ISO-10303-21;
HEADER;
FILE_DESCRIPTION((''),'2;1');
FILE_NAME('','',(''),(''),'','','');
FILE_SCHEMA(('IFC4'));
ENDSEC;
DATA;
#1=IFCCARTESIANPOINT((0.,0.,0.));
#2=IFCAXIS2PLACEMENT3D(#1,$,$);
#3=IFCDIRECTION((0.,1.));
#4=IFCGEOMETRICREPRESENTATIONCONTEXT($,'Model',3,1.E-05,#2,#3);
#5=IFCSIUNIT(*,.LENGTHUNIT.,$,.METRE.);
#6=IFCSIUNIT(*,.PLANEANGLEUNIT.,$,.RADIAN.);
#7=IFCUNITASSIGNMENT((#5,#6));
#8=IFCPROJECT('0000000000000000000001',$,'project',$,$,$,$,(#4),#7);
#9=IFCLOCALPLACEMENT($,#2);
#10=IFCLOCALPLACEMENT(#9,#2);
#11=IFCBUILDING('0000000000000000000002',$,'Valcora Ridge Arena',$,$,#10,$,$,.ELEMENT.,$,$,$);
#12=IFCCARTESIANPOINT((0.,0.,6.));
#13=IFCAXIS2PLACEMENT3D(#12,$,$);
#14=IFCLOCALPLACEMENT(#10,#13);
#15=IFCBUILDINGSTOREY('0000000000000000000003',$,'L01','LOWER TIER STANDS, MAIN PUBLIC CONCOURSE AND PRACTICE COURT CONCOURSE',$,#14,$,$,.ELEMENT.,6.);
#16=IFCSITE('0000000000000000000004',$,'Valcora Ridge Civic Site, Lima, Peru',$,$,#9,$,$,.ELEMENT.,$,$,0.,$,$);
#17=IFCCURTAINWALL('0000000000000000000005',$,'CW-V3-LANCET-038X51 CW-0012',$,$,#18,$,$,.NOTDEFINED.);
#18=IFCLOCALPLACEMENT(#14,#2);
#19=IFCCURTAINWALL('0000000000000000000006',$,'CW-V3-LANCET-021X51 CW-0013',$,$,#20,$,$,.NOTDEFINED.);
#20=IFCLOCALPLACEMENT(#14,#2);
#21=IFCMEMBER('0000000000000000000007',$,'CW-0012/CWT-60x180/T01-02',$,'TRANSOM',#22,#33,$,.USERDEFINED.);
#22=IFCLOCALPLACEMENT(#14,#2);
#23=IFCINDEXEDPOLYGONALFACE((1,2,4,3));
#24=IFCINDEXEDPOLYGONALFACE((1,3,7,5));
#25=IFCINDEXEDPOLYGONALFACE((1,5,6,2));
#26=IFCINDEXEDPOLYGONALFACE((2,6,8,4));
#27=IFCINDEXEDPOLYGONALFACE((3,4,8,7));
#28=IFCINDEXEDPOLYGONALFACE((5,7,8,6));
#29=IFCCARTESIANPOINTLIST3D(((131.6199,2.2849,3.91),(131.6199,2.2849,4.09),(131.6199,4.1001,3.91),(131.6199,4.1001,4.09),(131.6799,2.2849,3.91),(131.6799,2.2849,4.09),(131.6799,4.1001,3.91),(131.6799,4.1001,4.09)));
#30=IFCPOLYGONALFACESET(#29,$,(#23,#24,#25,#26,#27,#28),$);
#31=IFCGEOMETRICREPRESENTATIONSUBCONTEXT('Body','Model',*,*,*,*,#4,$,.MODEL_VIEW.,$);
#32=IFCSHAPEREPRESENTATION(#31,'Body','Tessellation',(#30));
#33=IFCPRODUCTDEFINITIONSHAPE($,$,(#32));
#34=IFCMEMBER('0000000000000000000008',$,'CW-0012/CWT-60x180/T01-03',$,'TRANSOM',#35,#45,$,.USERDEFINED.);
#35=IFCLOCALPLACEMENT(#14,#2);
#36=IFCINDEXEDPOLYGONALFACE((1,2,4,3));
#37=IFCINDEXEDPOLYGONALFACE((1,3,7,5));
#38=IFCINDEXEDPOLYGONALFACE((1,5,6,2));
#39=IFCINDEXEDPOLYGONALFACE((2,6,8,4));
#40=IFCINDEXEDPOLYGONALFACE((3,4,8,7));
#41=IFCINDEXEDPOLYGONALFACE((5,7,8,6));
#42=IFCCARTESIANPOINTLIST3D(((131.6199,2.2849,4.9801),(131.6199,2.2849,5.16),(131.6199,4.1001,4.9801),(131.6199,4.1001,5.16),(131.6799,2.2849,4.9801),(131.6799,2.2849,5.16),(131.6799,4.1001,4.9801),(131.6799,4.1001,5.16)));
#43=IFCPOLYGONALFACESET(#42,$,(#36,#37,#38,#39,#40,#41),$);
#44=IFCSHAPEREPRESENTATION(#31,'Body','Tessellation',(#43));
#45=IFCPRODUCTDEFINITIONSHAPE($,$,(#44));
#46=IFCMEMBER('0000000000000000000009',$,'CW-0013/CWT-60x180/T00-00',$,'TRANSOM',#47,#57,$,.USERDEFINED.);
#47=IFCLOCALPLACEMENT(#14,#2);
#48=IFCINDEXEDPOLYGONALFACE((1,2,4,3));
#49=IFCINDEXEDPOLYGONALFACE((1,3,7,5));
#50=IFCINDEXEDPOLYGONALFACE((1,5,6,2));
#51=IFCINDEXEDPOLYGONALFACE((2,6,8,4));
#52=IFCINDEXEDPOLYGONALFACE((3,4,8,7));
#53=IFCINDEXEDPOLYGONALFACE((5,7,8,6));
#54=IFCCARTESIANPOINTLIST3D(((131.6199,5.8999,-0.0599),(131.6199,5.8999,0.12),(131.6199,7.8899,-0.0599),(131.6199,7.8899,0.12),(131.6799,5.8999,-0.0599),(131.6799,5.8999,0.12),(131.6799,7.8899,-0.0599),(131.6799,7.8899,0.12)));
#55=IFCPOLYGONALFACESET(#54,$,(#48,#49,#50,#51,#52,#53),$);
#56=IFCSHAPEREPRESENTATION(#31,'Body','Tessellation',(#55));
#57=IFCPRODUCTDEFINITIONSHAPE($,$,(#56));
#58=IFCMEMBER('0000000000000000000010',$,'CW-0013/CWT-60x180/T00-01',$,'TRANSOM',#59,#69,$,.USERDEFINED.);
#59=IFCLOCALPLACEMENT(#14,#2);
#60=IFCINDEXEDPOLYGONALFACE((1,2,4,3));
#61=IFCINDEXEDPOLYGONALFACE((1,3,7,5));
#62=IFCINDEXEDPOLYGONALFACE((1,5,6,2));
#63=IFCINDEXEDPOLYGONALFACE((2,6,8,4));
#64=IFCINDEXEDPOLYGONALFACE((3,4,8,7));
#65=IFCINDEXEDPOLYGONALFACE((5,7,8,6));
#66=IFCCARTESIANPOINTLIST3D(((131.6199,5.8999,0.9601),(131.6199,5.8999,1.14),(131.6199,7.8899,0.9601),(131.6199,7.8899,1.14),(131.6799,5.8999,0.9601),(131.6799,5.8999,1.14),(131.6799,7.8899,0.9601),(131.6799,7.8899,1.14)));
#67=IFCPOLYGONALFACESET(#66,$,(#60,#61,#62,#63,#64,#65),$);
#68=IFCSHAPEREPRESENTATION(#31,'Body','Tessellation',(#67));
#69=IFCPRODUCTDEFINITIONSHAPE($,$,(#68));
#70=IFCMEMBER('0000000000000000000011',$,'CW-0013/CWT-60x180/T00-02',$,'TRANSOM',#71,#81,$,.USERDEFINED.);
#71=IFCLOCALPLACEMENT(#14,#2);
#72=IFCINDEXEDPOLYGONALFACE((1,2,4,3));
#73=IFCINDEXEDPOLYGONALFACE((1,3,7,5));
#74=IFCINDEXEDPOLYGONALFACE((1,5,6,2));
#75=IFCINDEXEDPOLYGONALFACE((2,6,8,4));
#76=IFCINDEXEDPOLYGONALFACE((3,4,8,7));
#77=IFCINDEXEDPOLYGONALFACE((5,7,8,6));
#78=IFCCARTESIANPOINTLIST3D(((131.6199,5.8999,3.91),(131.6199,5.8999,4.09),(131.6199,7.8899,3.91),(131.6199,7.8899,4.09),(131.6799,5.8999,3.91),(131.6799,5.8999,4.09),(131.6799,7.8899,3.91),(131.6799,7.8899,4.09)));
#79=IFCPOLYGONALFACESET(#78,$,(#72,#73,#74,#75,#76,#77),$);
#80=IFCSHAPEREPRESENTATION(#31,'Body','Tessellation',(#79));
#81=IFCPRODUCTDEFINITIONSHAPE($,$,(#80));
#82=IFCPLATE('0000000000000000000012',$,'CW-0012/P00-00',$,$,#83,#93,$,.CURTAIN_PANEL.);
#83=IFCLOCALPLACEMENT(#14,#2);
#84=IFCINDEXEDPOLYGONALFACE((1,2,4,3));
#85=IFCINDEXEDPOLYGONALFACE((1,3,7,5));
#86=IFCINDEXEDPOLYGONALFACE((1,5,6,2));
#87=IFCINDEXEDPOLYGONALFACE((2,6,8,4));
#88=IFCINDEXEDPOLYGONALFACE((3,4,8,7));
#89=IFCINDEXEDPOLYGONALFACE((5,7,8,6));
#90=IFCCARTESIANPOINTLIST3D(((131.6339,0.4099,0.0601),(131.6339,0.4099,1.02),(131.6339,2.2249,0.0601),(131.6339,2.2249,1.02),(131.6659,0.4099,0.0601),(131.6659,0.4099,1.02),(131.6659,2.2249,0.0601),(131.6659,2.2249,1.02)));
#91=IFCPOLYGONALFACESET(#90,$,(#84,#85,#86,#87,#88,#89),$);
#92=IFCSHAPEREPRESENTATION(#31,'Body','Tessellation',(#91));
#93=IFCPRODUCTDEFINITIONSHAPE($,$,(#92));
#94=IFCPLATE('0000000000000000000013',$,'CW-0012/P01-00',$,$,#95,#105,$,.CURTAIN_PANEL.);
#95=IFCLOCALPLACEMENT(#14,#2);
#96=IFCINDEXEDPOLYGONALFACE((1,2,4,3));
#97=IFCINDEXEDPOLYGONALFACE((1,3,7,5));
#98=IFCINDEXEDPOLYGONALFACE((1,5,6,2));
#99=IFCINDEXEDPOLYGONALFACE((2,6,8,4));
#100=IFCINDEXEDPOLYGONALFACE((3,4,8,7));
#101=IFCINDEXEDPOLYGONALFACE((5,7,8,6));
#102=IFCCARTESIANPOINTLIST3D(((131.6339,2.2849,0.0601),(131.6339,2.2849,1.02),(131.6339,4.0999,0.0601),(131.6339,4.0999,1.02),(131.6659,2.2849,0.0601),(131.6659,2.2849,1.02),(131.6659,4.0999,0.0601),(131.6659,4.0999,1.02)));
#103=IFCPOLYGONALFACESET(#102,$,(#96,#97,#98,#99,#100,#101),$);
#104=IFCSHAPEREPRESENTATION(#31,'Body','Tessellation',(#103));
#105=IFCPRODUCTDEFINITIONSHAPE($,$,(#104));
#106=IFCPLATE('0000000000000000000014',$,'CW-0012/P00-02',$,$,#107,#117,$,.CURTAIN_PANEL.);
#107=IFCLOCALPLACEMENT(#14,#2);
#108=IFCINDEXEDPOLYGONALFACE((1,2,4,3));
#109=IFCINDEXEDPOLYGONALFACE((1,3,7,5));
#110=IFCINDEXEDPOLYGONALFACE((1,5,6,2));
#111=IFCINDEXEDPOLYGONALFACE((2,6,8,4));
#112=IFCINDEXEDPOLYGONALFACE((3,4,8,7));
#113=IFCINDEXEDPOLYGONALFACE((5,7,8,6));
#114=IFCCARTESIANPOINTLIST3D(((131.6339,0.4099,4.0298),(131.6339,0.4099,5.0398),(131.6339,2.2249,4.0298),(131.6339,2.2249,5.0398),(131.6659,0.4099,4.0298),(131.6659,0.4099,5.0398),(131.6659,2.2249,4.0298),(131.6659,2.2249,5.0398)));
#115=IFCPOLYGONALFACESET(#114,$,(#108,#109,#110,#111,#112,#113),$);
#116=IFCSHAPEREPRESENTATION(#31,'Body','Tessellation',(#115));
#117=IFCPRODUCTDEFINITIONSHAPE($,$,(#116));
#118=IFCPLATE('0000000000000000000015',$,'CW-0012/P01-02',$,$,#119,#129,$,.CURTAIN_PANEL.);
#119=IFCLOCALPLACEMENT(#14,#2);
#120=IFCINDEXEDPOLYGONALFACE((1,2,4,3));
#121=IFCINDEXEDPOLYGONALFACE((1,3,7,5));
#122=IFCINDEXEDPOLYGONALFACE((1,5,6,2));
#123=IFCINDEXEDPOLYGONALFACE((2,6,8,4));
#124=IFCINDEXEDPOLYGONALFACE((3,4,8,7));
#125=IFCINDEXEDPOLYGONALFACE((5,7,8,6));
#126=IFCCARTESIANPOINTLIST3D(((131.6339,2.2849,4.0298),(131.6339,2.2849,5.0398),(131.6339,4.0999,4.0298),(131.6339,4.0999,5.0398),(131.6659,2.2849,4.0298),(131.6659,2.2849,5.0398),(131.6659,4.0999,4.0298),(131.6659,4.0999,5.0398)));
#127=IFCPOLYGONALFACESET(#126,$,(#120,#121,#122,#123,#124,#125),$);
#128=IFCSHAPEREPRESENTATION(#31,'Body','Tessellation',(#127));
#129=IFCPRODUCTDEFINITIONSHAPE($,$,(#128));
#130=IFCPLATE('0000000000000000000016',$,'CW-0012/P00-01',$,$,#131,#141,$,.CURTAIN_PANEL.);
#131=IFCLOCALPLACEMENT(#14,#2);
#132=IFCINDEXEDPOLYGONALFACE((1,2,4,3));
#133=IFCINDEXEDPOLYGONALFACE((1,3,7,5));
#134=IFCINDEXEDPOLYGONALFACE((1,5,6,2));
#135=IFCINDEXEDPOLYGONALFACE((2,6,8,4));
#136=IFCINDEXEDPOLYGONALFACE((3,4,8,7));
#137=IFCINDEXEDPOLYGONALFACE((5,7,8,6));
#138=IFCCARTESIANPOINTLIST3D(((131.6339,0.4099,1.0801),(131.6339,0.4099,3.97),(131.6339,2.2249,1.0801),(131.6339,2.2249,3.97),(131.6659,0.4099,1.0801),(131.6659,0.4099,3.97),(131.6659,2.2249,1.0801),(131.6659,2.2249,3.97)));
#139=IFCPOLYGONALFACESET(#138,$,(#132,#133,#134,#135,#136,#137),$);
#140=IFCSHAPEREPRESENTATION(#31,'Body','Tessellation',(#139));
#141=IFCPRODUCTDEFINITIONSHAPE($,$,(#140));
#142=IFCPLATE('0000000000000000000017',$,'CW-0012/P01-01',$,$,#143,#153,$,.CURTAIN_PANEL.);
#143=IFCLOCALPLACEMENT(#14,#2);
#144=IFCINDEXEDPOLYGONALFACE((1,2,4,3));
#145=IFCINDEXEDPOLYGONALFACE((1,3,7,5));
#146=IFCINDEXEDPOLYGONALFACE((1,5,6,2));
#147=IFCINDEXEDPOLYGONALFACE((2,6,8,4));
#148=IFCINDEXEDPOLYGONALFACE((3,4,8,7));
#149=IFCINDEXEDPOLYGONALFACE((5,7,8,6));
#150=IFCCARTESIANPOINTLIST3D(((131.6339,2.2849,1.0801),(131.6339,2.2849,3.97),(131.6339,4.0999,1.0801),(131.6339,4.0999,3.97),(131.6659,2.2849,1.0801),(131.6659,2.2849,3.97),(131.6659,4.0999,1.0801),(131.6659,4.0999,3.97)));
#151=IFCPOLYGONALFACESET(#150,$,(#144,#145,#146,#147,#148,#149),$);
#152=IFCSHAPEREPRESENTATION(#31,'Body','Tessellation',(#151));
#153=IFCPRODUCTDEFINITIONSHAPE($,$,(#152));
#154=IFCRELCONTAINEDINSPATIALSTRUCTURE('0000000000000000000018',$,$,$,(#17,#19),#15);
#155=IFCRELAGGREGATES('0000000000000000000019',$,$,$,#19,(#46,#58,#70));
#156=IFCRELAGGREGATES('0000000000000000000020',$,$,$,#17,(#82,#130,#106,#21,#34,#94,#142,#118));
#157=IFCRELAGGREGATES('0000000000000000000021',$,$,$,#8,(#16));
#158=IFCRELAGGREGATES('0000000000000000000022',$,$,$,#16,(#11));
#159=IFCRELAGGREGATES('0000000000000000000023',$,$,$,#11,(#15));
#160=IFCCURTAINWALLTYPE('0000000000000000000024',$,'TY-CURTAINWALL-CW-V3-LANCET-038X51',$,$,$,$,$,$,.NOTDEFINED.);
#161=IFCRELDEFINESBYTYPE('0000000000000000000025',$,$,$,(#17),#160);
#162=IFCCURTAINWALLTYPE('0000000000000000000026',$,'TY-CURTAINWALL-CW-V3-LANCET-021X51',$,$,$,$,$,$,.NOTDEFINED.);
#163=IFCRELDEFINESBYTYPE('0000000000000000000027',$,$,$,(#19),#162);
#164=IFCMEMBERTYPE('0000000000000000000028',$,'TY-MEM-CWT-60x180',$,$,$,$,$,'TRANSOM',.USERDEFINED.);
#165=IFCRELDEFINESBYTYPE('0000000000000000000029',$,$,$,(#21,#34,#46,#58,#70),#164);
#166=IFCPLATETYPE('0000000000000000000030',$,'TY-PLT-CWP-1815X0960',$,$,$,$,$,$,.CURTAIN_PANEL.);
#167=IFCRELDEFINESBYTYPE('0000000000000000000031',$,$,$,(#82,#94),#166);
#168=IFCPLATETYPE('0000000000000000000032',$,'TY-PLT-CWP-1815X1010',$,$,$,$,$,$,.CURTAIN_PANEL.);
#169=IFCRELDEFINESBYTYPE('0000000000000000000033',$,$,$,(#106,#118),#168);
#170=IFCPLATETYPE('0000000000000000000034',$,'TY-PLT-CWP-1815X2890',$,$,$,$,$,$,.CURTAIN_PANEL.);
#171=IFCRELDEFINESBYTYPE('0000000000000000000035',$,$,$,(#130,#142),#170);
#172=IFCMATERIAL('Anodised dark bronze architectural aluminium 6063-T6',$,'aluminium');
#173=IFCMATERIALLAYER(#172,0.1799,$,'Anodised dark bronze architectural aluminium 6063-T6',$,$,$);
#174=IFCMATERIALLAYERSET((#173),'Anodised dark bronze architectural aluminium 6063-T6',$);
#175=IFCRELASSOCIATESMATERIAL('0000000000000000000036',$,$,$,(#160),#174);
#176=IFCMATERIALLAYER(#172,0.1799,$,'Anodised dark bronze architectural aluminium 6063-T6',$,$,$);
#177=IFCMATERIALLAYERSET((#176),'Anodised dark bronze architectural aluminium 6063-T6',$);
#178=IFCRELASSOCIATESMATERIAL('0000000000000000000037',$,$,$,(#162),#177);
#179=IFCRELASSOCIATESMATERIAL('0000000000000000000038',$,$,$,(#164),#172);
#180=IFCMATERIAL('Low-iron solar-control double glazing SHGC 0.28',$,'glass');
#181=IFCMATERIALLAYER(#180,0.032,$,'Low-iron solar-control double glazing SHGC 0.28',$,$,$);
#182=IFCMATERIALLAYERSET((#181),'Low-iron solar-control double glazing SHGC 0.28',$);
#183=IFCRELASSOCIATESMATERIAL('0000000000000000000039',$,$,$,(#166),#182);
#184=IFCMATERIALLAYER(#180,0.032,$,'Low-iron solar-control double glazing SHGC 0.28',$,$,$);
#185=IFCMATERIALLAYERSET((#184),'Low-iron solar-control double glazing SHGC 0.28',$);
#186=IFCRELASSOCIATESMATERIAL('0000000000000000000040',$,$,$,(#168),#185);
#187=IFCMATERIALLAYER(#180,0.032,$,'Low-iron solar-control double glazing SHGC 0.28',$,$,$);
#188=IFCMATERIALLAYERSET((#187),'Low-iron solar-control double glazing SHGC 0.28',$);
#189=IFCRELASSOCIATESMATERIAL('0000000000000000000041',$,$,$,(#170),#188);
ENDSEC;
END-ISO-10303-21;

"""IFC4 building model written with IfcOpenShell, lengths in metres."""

from ifc_helpers import new_model, si_unit, direction, frame, origin, origin_2d, place, context, subcontext, project, spatial, rectangle, extrude, material, layer, layer_set, material_profile, profile_set, type_object, element, aggregate, save


model = new_model("IFC4")

# Units and contexts
model_context = context("Model", 3, precision=1e-05, world=origin(), true_north=direction((0.0, 1.0)))
body_context = subcontext(model_context, "Body", "Model", "MODEL_VIEW")
ifc_project = project(units=[si_unit("LENGTHUNIT", "METRE"), si_unit("PLANEANGLEUNIT", "RADIAN")], contexts=[model_context])

# Site, building, storey
site_placement = place(None, origin())
site = spatial("IfcSite", under=ifc_project, at=site_placement, Name="Valcora Ridge Civic Site, Lima, Peru", CompositionType="ELEMENT", RefElevation=0.0)
building_placement = place(site_placement, origin())
building = spatial("IfcBuilding", under=site, at=building_placement, Name="Valcora Ridge Arena", CompositionType="ELEMENT")
storey_placement = place(building_placement, frame((0.0, 0.0, 6.0)))
storey = spatial("IfcBuildingStorey", under=building, at=storey_placement, Name="L01", Description="LOWER TIER STANDS, MAIN PUBLIC CONCOURSE AND PRACTICE COURT CONCOURSE", CompositionType="ELEMENT", Elevation=6.0)

# Curtain wall
ifc_material_1 = material(Name="Anodised dark bronze architectural aluminium 6063-T6", Category="aluminium")
ifc_layer_1 = layer(ifc_material_1, 0.1799, Name="Anodised dark bronze architectural aluminium 6063-T6")
ifc_layer_set_1 = layer_set([ifc_layer_1], Name="Anodised dark bronze architectural aluminium 6063-T6")
curtain_wall_type_1 = type_object("IfcCurtainWallType", Name="TY-CURTAINWALL-CW-V3-LANCET-038X51", PredefinedType="NOTDEFINED", material=ifc_layer_set_1)
curtain_wall_1_placement = place(storey_placement, origin())
curtain_wall_1 = element("IfcCurtainWall", 1, at=curtain_wall_1_placement, inside=storey, type_object=curtain_wall_type_1, Name="CW-V3-LANCET-038X51 CW-0012", PredefinedType="NOTDEFINED")

# Curtain wall
ifc_layer_2 = layer(ifc_material_1, 0.1799, Name="Anodised dark bronze architectural aluminium 6063-T6")
ifc_layer_set_2 = layer_set([ifc_layer_2], Name="Anodised dark bronze architectural aluminium 6063-T6")
curtain_wall_type_2 = type_object("IfcCurtainWallType", Name="TY-CURTAINWALL-CW-V3-LANCET-021X51", PredefinedType="NOTDEFINED", material=ifc_layer_set_2)
curtain_wall_2_placement = place(storey_placement, origin())
curtain_wall_2 = element("IfcCurtainWall", 2, at=curtain_wall_2_placement, inside=storey, type_object=curtain_wall_type_2, Name="CW-V3-LANCET-021X51 CW-0013", PredefinedType="NOTDEFINED")

# Members
ifc_material_profile_1 = material_profile(ifc_material_1, rectangle(XDim=0.0601, YDim=0.1799, at=origin_2d()), Name="ALU TRANSOM 60x180")
ifc_profile_set_1 = profile_set([ifc_material_profile_1], Name="Anodised dark bronze architectural aluminium 6063-T6")
member_type_1 = type_object("IfcMemberType", Name="TY-MEM-CWT-60x180", ElementType="TRANSOM", PredefinedType="USERDEFINED", material=ifc_profile_set_1)
member_1_placement = place(storey_placement, frame((131.6499, 2.2849, 4.0), z_axis=(0.0, 1.0, 0.0), x_axis=(-1.0, 0.0, 0.0)))
member_1 = element("IfcMember", 3, at=member_1_placement, type_object=member_type_1, Name="CW-0012/CWT-60x180/T01-02", ObjectType="TRANSOM", PredefinedType="USERDEFINED", context=body_context, shape_type="SweptSolid", body=[
    extrude(rectangle(XDim=0.0601, YDim=0.1799, at=origin_2d()), origin(), (0.0, 0.0, 1.0), 1.8152),
])
member_2_placement = place(storey_placement, frame((131.6499, 2.2849, 5.0701), z_axis=(0.0, 1.0, 0.0), x_axis=(-1.0, 0.0, 0.0)))
member_2 = element("IfcMember", 4, at=member_2_placement, type_object=member_type_1, Name="CW-0012/CWT-60x180/T01-03", ObjectType="TRANSOM", PredefinedType="USERDEFINED", context=body_context, shape_type="SweptSolid", body=[
    extrude(rectangle(XDim=0.0601, YDim=0.1799, at=origin_2d()), origin(), (0.0, 0.0, 1.0), 1.8152),
])
member_3_placement = place(storey_placement, frame((131.6499, 5.8999, 0.03), z_axis=(0.0, 1.0, 0.0), x_axis=(-1.0, 0.0, 0.0)))
member_3 = element("IfcMember", 5, at=member_3_placement, type_object=member_type_1, Name="CW-0013/CWT-60x180/T00-00", ObjectType="TRANSOM", PredefinedType="USERDEFINED", context=body_context, shape_type="SweptSolid", body=[
    extrude(rectangle(XDim=0.0601, YDim=0.1799, at=origin_2d()), origin(), (0.0, 0.0, 1.0), 1.99),
])
member_4_placement = place(storey_placement, frame((131.6499, 5.8999, 1.05), z_axis=(0.0, 1.0, 0.0), x_axis=(-1.0, 0.0, 0.0)))
member_4 = element("IfcMember", 6, at=member_4_placement, type_object=member_type_1, Name="CW-0013/CWT-60x180/T00-01", ObjectType="TRANSOM", PredefinedType="USERDEFINED", context=body_context, shape_type="SweptSolid", body=[
    extrude(rectangle(XDim=0.0601, YDim=0.1799, at=origin_2d()), origin(), (0.0, 0.0, 1.0), 1.99),
])
member_5_placement = place(storey_placement, frame((131.6499, 5.8999, 4.0), z_axis=(0.0, 1.0, 0.0), x_axis=(-1.0, 0.0, 0.0)))
member_5 = element("IfcMember", 7, at=member_5_placement, type_object=member_type_1, Name="CW-0013/CWT-60x180/T00-02", ObjectType="TRANSOM", PredefinedType="USERDEFINED", context=body_context, shape_type="SweptSolid", body=[
    extrude(rectangle(XDim=0.0601, YDim=0.1799, at=origin_2d()), origin(), (0.0, 0.0, 1.0), 1.99),
])
aggregate(curtain_wall_2, [member_3, member_4, member_5])

# Plates
ifc_material_2 = material(Name="Low-iron solar-control double glazing SHGC 0.28", Category="glass")
ifc_layer_3 = layer(ifc_material_2, 0.032, Name="Low-iron solar-control double glazing SHGC 0.28")
ifc_layer_set_3 = layer_set([ifc_layer_3], Name="Low-iron solar-control double glazing SHGC 0.28")
plate_type_1 = type_object("IfcPlateType", Name="TY-PLT-CWP-1815X0960", PredefinedType="CURTAIN_PANEL", material=ifc_layer_set_3)
plate_1_placement = place(storey_placement, frame((131.6499, 1.3174, 0.0601), z_axis=(0.0, 0.0, 1.0), x_axis=(0.0, 1.0, 0.0)))
plate_1 = element("IfcPlate", 8, at=plate_1_placement, type_object=plate_type_1, Name="CW-0012/P00-00", PredefinedType="CURTAIN_PANEL", context=body_context, shape_type="SweptSolid", body=[
    extrude(rectangle(XDim=1.8149, YDim=0.032, at=origin_2d()), origin(), (0.0, 0.0, 1.0), 0.96),
])
plate_2_placement = place(storey_placement, frame((131.6499, 3.1924, 0.0601), z_axis=(0.0, 0.0, 1.0), x_axis=(0.0, 1.0, 0.0)))
plate_2 = element("IfcPlate", 9, at=plate_2_placement, type_object=plate_type_1, Name="CW-0012/P01-00", PredefinedType="CURTAIN_PANEL", context=body_context, shape_type="SweptSolid", body=[
    extrude(rectangle(XDim=1.8149, YDim=0.032, at=origin_2d()), origin(), (0.0, 0.0, 1.0), 0.96),
])
ifc_layer_4 = layer(ifc_material_2, 0.032, Name="Low-iron solar-control double glazing SHGC 0.28")
ifc_layer_set_4 = layer_set([ifc_layer_4], Name="Low-iron solar-control double glazing SHGC 0.28")
plate_type_2 = type_object("IfcPlateType", Name="TY-PLT-CWP-1815X1010", PredefinedType="CURTAIN_PANEL", material=ifc_layer_set_4)
plate_3_placement = place(storey_placement, frame((131.6499, 1.3174, 4.0298), z_axis=(0.0, 0.0, 1.0), x_axis=(0.0, 1.0, 0.0)))
plate_3 = element("IfcPlate", 10, at=plate_3_placement, type_object=plate_type_2, Name="CW-0012/P00-02", PredefinedType="CURTAIN_PANEL", context=body_context, shape_type="SweptSolid", body=[
    extrude(rectangle(XDim=1.8149, YDim=0.032, at=origin_2d()), origin(), (0.0, 0.0, 1.0), 1.01),
])
plate_4_placement = place(storey_placement, frame((131.6499, 3.1924, 4.0298), z_axis=(0.0, 0.0, 1.0), x_axis=(0.0, 1.0, 0.0)))
plate_4 = element("IfcPlate", 11, at=plate_4_placement, type_object=plate_type_2, Name="CW-0012/P01-02", PredefinedType="CURTAIN_PANEL", context=body_context, shape_type="SweptSolid", body=[
    extrude(rectangle(XDim=1.8149, YDim=0.032, at=origin_2d()), origin(), (0.0, 0.0, 1.0), 1.01),
])
ifc_layer_5 = layer(ifc_material_2, 0.032, Name="Low-iron solar-control double glazing SHGC 0.28")
ifc_layer_set_5 = layer_set([ifc_layer_5], Name="Low-iron solar-control double glazing SHGC 0.28")
plate_type_3 = type_object("IfcPlateType", Name="TY-PLT-CWP-1815X2890", PredefinedType="CURTAIN_PANEL", material=ifc_layer_set_5)
plate_5_placement = place(storey_placement, frame((131.6499, 1.3174, 1.0801), z_axis=(0.0, 0.0, 1.0), x_axis=(0.0, 1.0, 0.0)))
plate_5 = element("IfcPlate", 12, at=plate_5_placement, type_object=plate_type_3, Name="CW-0012/P00-01", PredefinedType="CURTAIN_PANEL", context=body_context, shape_type="SweptSolid", body=[
    extrude(rectangle(XDim=1.8149, YDim=0.032, at=origin_2d()), origin(), (0.0, 0.0, 1.0), 2.8899),
])
plate_6_placement = place(storey_placement, frame((131.6499, 3.1924, 1.0801), z_axis=(0.0, 0.0, 1.0), x_axis=(0.0, 1.0, 0.0)))
plate_6 = element("IfcPlate", 13, at=plate_6_placement, type_object=plate_type_3, Name="CW-0012/P01-01", PredefinedType="CURTAIN_PANEL", context=body_context, shape_type="SweptSolid", body=[
    extrude(rectangle(XDim=1.8149, YDim=0.032, at=origin_2d()), origin(), (0.0, 0.0, 1.0), 2.8899),
])
aggregate(curtain_wall_1, [plate_1, plate_5, plate_3, member_1, member_2, plate_2, plate_6, plate_4])

save(model, "model.ifc")
